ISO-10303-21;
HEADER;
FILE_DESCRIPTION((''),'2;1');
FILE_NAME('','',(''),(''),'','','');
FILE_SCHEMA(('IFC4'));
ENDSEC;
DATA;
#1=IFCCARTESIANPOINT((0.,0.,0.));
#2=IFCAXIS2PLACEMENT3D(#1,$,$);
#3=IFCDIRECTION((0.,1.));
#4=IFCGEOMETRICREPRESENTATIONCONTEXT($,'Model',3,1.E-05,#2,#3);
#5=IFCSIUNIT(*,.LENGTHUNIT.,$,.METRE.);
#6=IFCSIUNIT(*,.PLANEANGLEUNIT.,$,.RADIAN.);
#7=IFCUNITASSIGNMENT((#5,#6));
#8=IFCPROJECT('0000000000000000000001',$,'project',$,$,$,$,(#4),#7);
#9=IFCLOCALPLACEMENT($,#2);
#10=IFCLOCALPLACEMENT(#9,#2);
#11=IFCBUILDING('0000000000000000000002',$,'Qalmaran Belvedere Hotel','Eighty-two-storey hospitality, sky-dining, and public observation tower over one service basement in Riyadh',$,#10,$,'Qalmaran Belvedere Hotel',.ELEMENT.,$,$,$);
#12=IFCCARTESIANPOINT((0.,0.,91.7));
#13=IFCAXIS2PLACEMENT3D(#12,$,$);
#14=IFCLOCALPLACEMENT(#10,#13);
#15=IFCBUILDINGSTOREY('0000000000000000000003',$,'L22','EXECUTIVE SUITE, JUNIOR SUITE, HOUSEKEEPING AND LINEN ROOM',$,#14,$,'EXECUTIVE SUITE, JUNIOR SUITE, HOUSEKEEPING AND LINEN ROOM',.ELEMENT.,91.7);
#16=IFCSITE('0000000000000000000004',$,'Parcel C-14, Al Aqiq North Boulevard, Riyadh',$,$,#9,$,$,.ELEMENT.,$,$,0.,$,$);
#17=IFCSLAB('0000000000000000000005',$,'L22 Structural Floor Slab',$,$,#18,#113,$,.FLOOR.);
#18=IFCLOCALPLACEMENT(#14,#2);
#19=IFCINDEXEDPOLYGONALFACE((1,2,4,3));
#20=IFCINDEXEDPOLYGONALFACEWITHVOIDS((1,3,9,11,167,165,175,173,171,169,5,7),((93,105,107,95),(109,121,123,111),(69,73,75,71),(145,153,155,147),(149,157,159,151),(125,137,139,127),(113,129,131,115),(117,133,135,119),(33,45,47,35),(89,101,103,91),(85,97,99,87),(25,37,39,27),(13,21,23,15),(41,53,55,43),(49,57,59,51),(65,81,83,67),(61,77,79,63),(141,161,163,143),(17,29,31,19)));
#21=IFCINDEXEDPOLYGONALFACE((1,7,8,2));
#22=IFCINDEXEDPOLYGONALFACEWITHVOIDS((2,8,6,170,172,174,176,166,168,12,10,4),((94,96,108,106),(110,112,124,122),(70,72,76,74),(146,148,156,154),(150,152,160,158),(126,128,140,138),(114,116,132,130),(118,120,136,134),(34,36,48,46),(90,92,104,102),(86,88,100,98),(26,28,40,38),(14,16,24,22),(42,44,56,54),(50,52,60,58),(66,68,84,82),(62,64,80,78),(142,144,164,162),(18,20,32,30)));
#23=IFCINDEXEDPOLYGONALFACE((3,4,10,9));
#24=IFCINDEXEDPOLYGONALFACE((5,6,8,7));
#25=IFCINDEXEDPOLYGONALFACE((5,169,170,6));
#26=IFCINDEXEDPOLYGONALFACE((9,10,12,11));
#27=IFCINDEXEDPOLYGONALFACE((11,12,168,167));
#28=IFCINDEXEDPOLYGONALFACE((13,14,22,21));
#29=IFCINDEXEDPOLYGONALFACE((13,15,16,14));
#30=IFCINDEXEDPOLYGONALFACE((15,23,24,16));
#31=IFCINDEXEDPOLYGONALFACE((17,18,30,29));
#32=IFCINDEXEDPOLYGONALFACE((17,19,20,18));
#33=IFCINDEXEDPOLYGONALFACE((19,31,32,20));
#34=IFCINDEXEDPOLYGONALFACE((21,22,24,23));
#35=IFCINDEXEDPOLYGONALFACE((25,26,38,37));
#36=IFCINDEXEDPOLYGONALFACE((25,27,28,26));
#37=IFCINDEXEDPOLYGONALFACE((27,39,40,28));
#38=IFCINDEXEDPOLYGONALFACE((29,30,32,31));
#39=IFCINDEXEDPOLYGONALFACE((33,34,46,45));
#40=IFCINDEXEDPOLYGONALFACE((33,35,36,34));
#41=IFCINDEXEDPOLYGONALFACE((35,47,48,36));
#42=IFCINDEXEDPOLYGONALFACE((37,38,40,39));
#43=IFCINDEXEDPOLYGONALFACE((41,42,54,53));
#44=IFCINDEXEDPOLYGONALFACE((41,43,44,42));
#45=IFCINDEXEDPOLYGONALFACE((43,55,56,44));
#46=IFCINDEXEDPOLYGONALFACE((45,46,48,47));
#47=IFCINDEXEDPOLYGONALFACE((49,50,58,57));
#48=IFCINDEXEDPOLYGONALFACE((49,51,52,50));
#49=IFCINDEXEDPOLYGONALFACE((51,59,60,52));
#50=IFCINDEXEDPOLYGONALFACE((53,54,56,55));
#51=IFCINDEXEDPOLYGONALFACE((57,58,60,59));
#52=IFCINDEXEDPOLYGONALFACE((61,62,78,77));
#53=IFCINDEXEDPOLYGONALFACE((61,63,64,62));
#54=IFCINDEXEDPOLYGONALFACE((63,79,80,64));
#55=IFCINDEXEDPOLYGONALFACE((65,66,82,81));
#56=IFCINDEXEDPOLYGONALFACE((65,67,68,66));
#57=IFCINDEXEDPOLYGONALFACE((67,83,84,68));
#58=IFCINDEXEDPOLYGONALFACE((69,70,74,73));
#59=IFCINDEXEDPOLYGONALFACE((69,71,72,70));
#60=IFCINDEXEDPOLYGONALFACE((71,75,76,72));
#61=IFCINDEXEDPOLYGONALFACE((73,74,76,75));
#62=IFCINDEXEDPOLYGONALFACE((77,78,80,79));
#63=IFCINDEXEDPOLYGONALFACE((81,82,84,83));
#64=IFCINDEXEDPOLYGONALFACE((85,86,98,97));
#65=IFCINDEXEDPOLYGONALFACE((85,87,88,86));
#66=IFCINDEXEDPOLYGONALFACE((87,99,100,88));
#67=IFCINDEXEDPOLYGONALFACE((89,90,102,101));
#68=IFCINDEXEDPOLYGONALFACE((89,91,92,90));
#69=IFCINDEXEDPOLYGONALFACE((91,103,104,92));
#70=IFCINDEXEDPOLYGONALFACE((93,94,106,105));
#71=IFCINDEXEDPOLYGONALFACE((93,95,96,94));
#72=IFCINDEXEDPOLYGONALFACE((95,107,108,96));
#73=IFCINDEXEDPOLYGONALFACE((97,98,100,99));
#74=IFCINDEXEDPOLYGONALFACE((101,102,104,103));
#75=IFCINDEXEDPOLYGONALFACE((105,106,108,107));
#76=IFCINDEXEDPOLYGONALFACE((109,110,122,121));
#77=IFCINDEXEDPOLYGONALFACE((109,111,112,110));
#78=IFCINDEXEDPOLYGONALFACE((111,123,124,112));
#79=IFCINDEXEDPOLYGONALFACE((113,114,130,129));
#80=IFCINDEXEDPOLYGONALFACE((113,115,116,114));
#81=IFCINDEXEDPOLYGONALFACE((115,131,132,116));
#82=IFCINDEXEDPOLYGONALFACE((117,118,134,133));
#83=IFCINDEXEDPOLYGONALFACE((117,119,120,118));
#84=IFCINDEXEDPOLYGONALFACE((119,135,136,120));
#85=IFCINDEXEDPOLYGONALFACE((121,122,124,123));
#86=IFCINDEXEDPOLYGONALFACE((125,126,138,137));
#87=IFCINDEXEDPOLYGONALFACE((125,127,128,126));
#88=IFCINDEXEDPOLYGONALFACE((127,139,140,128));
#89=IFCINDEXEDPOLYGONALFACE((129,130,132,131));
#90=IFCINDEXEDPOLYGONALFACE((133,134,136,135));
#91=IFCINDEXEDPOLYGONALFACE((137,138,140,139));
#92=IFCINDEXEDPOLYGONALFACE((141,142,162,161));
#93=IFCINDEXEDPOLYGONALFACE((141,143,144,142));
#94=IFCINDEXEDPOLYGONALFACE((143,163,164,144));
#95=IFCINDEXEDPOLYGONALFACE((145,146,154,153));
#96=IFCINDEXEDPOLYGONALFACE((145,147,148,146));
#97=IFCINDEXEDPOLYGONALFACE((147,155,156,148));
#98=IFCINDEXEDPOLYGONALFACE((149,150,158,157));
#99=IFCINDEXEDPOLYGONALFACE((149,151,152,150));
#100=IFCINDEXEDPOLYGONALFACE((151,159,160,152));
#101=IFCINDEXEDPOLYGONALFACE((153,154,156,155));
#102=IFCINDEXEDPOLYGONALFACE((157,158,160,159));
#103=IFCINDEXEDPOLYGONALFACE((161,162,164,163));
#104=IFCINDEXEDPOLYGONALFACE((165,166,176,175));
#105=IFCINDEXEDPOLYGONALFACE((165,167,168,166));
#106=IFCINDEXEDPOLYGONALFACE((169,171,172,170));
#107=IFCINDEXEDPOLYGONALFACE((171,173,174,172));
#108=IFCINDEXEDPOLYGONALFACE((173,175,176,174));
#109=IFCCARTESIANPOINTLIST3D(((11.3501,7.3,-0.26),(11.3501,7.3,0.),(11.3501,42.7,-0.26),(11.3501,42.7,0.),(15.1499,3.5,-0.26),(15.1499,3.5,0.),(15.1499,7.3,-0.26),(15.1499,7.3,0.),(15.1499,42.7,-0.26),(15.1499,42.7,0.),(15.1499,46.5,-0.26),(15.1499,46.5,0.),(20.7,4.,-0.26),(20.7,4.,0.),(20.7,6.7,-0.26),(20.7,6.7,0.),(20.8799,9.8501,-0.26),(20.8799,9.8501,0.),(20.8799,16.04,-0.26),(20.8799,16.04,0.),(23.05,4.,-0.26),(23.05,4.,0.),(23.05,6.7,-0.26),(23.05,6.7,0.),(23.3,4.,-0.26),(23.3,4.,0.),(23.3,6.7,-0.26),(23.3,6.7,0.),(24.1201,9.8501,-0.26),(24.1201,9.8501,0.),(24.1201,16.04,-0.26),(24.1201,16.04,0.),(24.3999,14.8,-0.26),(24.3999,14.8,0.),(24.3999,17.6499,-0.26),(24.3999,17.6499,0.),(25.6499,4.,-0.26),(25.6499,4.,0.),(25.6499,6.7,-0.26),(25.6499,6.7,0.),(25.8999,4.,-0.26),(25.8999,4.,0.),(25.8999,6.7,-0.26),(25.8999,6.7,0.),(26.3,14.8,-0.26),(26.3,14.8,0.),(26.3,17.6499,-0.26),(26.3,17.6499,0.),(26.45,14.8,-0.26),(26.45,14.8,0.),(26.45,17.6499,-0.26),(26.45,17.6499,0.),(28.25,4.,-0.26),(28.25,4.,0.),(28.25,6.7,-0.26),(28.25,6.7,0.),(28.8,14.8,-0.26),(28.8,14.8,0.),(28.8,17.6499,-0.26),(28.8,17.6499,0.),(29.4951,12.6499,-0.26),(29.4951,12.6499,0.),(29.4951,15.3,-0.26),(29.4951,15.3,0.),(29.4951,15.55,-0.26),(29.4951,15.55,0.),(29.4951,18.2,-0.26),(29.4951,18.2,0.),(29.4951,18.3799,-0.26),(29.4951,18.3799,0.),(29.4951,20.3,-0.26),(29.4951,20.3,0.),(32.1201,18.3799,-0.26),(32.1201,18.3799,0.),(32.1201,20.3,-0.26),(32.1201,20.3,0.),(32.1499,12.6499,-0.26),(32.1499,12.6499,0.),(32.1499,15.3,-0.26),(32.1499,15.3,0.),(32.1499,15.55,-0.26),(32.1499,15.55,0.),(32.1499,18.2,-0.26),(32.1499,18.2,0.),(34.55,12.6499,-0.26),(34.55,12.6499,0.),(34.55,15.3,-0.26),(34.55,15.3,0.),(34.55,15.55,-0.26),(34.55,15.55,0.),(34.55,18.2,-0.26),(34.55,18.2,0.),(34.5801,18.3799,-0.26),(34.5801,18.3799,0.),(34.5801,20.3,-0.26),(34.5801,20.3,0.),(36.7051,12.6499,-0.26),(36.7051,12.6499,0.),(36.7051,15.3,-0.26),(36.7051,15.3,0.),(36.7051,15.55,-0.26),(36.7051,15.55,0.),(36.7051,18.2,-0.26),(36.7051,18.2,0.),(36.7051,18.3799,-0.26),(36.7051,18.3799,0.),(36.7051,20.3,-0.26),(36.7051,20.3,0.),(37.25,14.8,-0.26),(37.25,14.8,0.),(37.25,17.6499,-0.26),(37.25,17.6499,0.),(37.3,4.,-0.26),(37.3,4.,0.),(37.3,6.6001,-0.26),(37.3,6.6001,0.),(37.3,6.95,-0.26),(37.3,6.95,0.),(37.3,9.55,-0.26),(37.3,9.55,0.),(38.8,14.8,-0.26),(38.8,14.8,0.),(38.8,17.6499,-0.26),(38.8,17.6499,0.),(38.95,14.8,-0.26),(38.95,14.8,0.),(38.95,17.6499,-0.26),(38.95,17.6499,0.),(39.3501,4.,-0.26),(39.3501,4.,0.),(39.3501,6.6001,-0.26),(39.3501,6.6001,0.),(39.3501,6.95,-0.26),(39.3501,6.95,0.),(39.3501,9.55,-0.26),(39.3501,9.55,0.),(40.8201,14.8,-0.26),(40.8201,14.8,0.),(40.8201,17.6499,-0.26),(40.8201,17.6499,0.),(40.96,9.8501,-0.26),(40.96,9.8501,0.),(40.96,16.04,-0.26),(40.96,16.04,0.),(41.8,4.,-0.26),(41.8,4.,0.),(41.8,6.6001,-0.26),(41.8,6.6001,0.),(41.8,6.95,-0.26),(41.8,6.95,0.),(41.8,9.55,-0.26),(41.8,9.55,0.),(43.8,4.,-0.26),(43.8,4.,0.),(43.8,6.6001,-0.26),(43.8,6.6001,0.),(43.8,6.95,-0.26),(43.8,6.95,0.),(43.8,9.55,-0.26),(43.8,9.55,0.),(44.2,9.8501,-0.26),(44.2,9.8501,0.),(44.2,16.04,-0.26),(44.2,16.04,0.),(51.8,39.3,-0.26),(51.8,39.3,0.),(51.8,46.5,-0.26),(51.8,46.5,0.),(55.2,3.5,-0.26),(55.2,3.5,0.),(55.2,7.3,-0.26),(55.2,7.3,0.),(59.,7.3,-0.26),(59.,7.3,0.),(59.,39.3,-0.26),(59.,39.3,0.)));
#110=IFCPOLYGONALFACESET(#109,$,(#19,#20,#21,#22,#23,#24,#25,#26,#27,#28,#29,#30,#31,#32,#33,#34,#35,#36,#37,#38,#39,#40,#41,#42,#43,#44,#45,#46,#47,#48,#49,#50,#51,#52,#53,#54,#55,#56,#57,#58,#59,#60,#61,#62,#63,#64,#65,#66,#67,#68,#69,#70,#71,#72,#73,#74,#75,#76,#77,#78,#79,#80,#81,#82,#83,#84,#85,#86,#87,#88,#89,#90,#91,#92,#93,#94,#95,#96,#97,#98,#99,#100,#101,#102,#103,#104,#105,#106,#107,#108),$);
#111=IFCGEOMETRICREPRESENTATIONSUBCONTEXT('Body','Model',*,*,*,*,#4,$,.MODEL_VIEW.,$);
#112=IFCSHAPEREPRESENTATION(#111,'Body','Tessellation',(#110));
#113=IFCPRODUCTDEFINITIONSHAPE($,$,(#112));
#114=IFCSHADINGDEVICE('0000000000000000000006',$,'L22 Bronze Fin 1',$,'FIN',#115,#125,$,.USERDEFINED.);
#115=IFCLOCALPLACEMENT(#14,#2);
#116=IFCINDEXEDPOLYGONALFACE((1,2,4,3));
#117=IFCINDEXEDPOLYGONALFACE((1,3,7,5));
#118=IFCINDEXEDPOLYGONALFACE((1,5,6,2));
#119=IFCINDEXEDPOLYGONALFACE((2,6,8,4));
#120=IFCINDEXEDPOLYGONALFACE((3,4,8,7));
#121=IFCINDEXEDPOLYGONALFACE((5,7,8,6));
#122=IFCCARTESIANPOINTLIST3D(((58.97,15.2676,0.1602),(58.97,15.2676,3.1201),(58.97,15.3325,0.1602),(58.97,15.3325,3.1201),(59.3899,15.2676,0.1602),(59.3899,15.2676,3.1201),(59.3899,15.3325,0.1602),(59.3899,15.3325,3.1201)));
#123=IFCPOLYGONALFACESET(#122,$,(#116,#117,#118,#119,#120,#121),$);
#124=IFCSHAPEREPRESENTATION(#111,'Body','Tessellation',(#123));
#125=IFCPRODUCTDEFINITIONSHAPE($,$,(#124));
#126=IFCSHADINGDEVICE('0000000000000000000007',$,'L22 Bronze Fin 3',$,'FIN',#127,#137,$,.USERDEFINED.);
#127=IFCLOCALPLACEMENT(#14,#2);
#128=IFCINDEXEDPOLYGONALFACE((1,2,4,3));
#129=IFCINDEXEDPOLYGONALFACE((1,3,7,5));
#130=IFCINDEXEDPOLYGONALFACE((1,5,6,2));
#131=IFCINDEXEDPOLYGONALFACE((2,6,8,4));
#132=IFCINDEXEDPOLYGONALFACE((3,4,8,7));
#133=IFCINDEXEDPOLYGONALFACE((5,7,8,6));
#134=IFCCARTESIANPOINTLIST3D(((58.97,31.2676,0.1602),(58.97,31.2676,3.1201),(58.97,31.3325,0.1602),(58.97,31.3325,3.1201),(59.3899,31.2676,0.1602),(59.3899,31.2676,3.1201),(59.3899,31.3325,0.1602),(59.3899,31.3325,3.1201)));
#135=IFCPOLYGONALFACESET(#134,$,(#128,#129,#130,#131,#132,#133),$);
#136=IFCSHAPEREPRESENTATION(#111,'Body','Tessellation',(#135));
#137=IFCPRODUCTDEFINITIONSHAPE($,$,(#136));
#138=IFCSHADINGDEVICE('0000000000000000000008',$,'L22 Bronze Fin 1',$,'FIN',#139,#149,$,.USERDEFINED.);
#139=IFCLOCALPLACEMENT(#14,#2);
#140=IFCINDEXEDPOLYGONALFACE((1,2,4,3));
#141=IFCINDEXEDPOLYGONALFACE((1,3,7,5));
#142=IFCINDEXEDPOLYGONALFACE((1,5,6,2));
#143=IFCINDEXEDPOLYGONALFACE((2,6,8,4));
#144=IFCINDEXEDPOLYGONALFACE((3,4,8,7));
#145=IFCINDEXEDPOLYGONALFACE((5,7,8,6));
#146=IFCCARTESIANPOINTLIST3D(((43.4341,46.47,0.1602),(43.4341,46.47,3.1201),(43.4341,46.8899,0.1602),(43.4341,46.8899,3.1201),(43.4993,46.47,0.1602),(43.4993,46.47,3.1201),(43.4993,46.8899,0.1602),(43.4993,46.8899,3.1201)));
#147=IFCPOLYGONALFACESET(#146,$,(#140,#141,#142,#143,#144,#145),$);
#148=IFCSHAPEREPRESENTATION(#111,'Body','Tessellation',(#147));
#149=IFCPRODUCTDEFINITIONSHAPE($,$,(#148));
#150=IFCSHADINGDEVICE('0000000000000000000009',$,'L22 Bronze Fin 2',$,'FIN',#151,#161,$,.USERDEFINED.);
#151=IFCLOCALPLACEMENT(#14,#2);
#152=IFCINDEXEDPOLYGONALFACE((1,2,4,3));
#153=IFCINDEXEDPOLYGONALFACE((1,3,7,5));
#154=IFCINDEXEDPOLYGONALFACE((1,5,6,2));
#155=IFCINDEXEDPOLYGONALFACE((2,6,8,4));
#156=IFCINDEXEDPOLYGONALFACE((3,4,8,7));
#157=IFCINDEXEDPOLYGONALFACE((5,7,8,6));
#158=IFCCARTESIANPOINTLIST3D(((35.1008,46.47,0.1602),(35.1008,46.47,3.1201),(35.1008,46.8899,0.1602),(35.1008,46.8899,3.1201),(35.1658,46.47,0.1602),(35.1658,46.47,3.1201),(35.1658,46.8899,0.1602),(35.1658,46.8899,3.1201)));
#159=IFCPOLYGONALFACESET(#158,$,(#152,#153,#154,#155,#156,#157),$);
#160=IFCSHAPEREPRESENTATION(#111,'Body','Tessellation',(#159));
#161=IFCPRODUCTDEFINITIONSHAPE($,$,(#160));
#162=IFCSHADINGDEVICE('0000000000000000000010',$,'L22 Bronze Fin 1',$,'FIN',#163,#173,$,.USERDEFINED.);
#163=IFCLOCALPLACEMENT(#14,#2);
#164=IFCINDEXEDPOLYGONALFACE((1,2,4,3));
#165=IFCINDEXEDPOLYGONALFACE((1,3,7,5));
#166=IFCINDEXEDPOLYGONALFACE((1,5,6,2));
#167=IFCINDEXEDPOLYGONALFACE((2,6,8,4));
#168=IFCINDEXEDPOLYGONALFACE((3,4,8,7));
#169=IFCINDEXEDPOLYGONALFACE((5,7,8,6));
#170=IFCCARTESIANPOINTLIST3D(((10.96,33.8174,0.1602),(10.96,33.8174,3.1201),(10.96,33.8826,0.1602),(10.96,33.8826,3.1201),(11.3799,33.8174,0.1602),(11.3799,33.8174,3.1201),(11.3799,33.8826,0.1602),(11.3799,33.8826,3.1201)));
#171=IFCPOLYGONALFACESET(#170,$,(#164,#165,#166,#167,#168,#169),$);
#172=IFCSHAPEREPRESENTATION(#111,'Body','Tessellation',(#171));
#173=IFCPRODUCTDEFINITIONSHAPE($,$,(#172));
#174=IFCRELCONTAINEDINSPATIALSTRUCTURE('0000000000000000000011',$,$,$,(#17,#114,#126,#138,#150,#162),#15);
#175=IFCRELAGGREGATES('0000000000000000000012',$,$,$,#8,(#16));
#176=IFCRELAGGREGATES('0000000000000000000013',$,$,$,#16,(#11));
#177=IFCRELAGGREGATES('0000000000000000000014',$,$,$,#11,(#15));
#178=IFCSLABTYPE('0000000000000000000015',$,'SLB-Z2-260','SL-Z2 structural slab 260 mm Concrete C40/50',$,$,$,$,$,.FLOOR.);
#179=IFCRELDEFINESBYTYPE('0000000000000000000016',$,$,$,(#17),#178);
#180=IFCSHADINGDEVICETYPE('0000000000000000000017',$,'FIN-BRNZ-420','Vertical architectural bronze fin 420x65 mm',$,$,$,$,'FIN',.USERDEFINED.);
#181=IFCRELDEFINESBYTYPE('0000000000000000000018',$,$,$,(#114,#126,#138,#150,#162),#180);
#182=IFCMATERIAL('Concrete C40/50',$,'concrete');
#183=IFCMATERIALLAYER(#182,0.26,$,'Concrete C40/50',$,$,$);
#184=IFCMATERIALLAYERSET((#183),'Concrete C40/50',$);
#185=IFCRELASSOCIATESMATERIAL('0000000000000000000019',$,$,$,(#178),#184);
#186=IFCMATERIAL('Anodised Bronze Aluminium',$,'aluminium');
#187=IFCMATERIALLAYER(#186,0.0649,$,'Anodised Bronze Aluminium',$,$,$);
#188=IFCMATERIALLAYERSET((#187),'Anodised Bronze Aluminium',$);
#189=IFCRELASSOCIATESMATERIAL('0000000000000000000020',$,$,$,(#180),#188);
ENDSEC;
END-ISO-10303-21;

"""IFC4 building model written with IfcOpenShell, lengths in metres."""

from ifc_helpers import new_model, si_unit, direction, frame, origin, place, context, subcontext, project, spatial, polyline, outline, extrude, material, layer, layer_set, type_object, element, save


model = new_model("IFC4")

# Units and contexts
model_context = context("Model", 3, precision=1e-05, world=origin(), true_north=direction((0.0, 1.0)))
body_context = subcontext(model_context, "Body", "Model", "MODEL_VIEW")
ifc_project = project(units=[si_unit("LENGTHUNIT", "METRE"), si_unit("PLANEANGLEUNIT", "RADIAN")], contexts=[model_context])

# Site, building, storey
site_placement = place(None, origin())
site = spatial("IfcSite", under=ifc_project, at=site_placement, Name="Parcel C-14, Al Aqiq North Boulevard, Riyadh", CompositionType="ELEMENT", RefElevation=0.0)
building_placement = place(site_placement, origin())
building = spatial("IfcBuilding", under=site, at=building_placement, Name="Qalmaran Belvedere Hotel", Description="Eighty-two-storey hospitality, sky-dining, and public observation tower over one service basement in Riyadh", LongName="Qalmaran Belvedere Hotel", CompositionType="ELEMENT")
storey_placement = place(building_placement, frame((0.0, 0.0, 91.7)))
storey = spatial("IfcBuildingStorey", under=building, at=storey_placement, Name="L22", Description="EXECUTIVE SUITE, JUNIOR SUITE, HOUSEKEEPING AND LINEN ROOM", LongName="EXECUTIVE SUITE, JUNIOR SUITE, HOUSEKEEPING AND LINEN ROOM", CompositionType="ELEMENT", Elevation=91.7)

# Shared definitions
ifc_material_1 = material(Name="Anodised Bronze Aluminium", Category="aluminium")

# Shared definitions
ifc_material_2 = material(Name="Concrete C40/50", Category="concrete")

# Slab
ifc_layer_1 = layer(ifc_material_2, 0.26, Name="Concrete C40/50")
ifc_layer_set_1 = layer_set([ifc_layer_1], Name="Concrete C40/50")
slab_type_1 = type_object("IfcSlabType", Name="SLB-Z2-260", Description="SL-Z2 structural slab 260 mm Concrete C40/50", PredefinedType="FLOOR", material=ifc_layer_set_1)
slab_1_placement = place(storey_placement, frame((0.0, 0.0, -0.26)))
element("IfcSlab", 1, at=slab_1_placement, inside=storey, type_object=slab_type_1, Name="L22 Structural Floor Slab", PredefinedType="FLOOR", context=body_context, shape_type="SweptSolid", body=[
    extrude(outline(polyline([(15.1499, 3.5), (55.2, 3.5), (55.2, 7.3), (59.0, 7.3), (59.0, 39.3), (51.8, 39.3), (51.8, 46.5), (15.1499, 46.5), (15.1499, 42.7), (11.3501, 42.7), (11.3501, 7.3), (15.1499, 7.3), (15.1499, 3.5)]), holes=[polyline([(20.8799, 9.8501), (24.1201, 9.8501), (24.1201, 16.04), (20.8799, 16.04), (20.8799, 9.8501)]), polyline([(40.96, 9.8501), (44.2, 9.8501), (44.2, 16.04), (40.96, 16.04), (40.96, 9.8501)]), polyline([(29.4951, 12.6499), (32.1499, 12.6499), (32.1499, 15.3), (29.4951, 15.3), (29.4951, 12.6499)]), polyline([(29.4951, 15.55), (32.1499, 15.55), (32.1499, 18.2), (29.4951, 18.2), (29.4951, 15.55)]), polyline([(34.55, 12.6499), (36.7051, 12.6499), (36.7051, 15.3), (34.55, 15.3), (34.55, 12.6499)]), polyline([(34.55, 15.55), (36.7051, 15.55), (36.7051, 18.2), (34.55, 18.2), (34.55, 15.55)]), polyline([(37.3, 4.0), (39.3501, 4.0), (39.3501, 6.6001), (37.3, 6.6001), (37.3, 4.0)]), polyline([(37.3, 6.95), (39.3501, 6.95), (39.3501, 9.55), (37.3, 9.55), (37.3, 6.95)]), polyline([(41.8, 4.0), (43.8, 4.0), (43.8, 6.6001), (41.8, 6.6001), (41.8, 4.0)]), polyline([(41.8, 6.95), (43.8, 6.95), (43.8, 9.55), (41.8, 9.55), (41.8, 6.95)]), polyline([(20.7, 4.0), (23.05, 4.0), (23.05, 6.7), (20.7, 6.7), (20.7, 4.0)]), polyline([(23.3, 4.0), (25.6499, 4.0), (25.6499, 6.7), (23.3, 6.7), (23.3, 4.0)]), polyline([(25.8999, 4.0), (28.25, 4.0), (28.25, 6.7), (25.8999, 6.7), (25.8999, 4.0)]), polyline([(24.3999, 14.8), (26.3, 14.8), (26.3, 17.6499), (24.3999, 17.6499), (24.3999, 14.8)]), polyline([(38.95, 14.8), (40.8201, 14.8), (40.8201, 17.6499), (38.95, 17.6499), (38.95, 14.8)]), polyline([(26.45, 14.8), (28.8, 14.8), (28.8, 17.6499), (26.45, 17.6499), (26.45, 14.8)]), polyline([(37.25, 14.8), (38.8, 14.8), (38.8, 17.6499), (37.25, 17.6499), (37.25, 14.8)]), polyline([(29.4951, 18.3799), (32.1201, 18.3799), (32.1201, 20.3), (29.4951, 20.3), (29.4951, 18.3799)]), polyline([(34.5801, 18.3799), (36.7051, 18.3799), (36.7051, 20.3), (34.5801, 20.3), (34.5801, 18.3799)])]), origin(), (0.0, 0.0, 1.0), 0.26),
])

# Shading devices
ifc_layer_2 = layer(ifc_material_1, 0.0649, Name="Anodised Bronze Aluminium")
ifc_layer_set_2 = layer_set([ifc_layer_2], Name="Anodised Bronze Aluminium")
shading_device_type = type_object("IfcShadingDeviceType", Name="FIN-BRNZ-420", Description="Vertical architectural bronze fin 420x65 mm", ElementType="FIN", PredefinedType="USERDEFINED", material=ifc_layer_set_2)
shading_device_1_placement = place(storey_placement, frame((0.0, 0.0, 0.1602)))
element("IfcShadingDevice", 2, at=shading_device_1_placement, inside=storey, type_object=shading_device_type, Name="L22 Bronze Fin 1", ObjectType="FIN", PredefinedType="USERDEFINED", context=body_context, shape_type="SweptSolid", body=[
    extrude(outline(polyline([(58.97, 15.2676), (59.3899, 15.2676), (59.3899, 15.3325), (58.97, 15.3325), (58.97, 15.2676)])), origin(), (0.0, 0.0, 1.0), 2.96),
])
shading_device_2_placement = place(storey_placement, frame((0.0, 0.0, 0.1602)))
element("IfcShadingDevice", 3, at=shading_device_2_placement, inside=storey, type_object=shading_device_type, Name="L22 Bronze Fin 3", ObjectType="FIN", PredefinedType="USERDEFINED", context=body_context, shape_type="SweptSolid", body=[
    extrude(outline(polyline([(58.97, 31.2676), (59.3899, 31.2676), (59.3899, 31.3325), (58.97, 31.3325), (58.97, 31.2676)])), origin(), (0.0, 0.0, 1.0), 2.96),
])
shading_device_3_placement = place(storey_placement, frame((0.0, 0.0, 0.1602)))
element("IfcShadingDevice", 4, at=shading_device_3_placement, inside=storey, type_object=shading_device_type, Name="L22 Bronze Fin 1", ObjectType="FIN", PredefinedType="USERDEFINED", context=body_context, shape_type="SweptSolid", body=[
    extrude(outline(polyline([(43.4993, 46.47), (43.4993, 46.8899), (43.4341, 46.8899), (43.4341, 46.47), (43.4993, 46.47)])), origin(), (0.0, 0.0, 1.0), 2.96),
])
shading_device_4_placement = place(storey_placement, frame((0.0, 0.0, 0.1602)))
element("IfcShadingDevice", 5, at=shading_device_4_placement, inside=storey, type_object=shading_device_type, Name="L22 Bronze Fin 2", ObjectType="FIN", PredefinedType="USERDEFINED", context=body_context, shape_type="SweptSolid", body=[
    extrude(outline(polyline([(35.1658, 46.47), (35.1658, 46.8899), (35.1008, 46.8899), (35.1008, 46.47), (35.1658, 46.47)])), origin(), (0.0, 0.0, 1.0), 2.96),
])
shading_device_5_placement = place(storey_placement, frame((0.0, 0.0, 0.1602)))
element("IfcShadingDevice", 6, at=shading_device_5_placement, inside=storey, type_object=shading_device_type, Name="L22 Bronze Fin 1", ObjectType="FIN", PredefinedType="USERDEFINED", context=body_context, shape_type="SweptSolid", body=[
    extrude(outline(polyline([(11.3799, 33.8826), (10.96, 33.8826), (10.96, 33.8174), (11.3799, 33.8174), (11.3799, 33.8826)])), origin(), (0.0, 0.0, 1.0), 2.96),
])

save(model, "model.ifc")
